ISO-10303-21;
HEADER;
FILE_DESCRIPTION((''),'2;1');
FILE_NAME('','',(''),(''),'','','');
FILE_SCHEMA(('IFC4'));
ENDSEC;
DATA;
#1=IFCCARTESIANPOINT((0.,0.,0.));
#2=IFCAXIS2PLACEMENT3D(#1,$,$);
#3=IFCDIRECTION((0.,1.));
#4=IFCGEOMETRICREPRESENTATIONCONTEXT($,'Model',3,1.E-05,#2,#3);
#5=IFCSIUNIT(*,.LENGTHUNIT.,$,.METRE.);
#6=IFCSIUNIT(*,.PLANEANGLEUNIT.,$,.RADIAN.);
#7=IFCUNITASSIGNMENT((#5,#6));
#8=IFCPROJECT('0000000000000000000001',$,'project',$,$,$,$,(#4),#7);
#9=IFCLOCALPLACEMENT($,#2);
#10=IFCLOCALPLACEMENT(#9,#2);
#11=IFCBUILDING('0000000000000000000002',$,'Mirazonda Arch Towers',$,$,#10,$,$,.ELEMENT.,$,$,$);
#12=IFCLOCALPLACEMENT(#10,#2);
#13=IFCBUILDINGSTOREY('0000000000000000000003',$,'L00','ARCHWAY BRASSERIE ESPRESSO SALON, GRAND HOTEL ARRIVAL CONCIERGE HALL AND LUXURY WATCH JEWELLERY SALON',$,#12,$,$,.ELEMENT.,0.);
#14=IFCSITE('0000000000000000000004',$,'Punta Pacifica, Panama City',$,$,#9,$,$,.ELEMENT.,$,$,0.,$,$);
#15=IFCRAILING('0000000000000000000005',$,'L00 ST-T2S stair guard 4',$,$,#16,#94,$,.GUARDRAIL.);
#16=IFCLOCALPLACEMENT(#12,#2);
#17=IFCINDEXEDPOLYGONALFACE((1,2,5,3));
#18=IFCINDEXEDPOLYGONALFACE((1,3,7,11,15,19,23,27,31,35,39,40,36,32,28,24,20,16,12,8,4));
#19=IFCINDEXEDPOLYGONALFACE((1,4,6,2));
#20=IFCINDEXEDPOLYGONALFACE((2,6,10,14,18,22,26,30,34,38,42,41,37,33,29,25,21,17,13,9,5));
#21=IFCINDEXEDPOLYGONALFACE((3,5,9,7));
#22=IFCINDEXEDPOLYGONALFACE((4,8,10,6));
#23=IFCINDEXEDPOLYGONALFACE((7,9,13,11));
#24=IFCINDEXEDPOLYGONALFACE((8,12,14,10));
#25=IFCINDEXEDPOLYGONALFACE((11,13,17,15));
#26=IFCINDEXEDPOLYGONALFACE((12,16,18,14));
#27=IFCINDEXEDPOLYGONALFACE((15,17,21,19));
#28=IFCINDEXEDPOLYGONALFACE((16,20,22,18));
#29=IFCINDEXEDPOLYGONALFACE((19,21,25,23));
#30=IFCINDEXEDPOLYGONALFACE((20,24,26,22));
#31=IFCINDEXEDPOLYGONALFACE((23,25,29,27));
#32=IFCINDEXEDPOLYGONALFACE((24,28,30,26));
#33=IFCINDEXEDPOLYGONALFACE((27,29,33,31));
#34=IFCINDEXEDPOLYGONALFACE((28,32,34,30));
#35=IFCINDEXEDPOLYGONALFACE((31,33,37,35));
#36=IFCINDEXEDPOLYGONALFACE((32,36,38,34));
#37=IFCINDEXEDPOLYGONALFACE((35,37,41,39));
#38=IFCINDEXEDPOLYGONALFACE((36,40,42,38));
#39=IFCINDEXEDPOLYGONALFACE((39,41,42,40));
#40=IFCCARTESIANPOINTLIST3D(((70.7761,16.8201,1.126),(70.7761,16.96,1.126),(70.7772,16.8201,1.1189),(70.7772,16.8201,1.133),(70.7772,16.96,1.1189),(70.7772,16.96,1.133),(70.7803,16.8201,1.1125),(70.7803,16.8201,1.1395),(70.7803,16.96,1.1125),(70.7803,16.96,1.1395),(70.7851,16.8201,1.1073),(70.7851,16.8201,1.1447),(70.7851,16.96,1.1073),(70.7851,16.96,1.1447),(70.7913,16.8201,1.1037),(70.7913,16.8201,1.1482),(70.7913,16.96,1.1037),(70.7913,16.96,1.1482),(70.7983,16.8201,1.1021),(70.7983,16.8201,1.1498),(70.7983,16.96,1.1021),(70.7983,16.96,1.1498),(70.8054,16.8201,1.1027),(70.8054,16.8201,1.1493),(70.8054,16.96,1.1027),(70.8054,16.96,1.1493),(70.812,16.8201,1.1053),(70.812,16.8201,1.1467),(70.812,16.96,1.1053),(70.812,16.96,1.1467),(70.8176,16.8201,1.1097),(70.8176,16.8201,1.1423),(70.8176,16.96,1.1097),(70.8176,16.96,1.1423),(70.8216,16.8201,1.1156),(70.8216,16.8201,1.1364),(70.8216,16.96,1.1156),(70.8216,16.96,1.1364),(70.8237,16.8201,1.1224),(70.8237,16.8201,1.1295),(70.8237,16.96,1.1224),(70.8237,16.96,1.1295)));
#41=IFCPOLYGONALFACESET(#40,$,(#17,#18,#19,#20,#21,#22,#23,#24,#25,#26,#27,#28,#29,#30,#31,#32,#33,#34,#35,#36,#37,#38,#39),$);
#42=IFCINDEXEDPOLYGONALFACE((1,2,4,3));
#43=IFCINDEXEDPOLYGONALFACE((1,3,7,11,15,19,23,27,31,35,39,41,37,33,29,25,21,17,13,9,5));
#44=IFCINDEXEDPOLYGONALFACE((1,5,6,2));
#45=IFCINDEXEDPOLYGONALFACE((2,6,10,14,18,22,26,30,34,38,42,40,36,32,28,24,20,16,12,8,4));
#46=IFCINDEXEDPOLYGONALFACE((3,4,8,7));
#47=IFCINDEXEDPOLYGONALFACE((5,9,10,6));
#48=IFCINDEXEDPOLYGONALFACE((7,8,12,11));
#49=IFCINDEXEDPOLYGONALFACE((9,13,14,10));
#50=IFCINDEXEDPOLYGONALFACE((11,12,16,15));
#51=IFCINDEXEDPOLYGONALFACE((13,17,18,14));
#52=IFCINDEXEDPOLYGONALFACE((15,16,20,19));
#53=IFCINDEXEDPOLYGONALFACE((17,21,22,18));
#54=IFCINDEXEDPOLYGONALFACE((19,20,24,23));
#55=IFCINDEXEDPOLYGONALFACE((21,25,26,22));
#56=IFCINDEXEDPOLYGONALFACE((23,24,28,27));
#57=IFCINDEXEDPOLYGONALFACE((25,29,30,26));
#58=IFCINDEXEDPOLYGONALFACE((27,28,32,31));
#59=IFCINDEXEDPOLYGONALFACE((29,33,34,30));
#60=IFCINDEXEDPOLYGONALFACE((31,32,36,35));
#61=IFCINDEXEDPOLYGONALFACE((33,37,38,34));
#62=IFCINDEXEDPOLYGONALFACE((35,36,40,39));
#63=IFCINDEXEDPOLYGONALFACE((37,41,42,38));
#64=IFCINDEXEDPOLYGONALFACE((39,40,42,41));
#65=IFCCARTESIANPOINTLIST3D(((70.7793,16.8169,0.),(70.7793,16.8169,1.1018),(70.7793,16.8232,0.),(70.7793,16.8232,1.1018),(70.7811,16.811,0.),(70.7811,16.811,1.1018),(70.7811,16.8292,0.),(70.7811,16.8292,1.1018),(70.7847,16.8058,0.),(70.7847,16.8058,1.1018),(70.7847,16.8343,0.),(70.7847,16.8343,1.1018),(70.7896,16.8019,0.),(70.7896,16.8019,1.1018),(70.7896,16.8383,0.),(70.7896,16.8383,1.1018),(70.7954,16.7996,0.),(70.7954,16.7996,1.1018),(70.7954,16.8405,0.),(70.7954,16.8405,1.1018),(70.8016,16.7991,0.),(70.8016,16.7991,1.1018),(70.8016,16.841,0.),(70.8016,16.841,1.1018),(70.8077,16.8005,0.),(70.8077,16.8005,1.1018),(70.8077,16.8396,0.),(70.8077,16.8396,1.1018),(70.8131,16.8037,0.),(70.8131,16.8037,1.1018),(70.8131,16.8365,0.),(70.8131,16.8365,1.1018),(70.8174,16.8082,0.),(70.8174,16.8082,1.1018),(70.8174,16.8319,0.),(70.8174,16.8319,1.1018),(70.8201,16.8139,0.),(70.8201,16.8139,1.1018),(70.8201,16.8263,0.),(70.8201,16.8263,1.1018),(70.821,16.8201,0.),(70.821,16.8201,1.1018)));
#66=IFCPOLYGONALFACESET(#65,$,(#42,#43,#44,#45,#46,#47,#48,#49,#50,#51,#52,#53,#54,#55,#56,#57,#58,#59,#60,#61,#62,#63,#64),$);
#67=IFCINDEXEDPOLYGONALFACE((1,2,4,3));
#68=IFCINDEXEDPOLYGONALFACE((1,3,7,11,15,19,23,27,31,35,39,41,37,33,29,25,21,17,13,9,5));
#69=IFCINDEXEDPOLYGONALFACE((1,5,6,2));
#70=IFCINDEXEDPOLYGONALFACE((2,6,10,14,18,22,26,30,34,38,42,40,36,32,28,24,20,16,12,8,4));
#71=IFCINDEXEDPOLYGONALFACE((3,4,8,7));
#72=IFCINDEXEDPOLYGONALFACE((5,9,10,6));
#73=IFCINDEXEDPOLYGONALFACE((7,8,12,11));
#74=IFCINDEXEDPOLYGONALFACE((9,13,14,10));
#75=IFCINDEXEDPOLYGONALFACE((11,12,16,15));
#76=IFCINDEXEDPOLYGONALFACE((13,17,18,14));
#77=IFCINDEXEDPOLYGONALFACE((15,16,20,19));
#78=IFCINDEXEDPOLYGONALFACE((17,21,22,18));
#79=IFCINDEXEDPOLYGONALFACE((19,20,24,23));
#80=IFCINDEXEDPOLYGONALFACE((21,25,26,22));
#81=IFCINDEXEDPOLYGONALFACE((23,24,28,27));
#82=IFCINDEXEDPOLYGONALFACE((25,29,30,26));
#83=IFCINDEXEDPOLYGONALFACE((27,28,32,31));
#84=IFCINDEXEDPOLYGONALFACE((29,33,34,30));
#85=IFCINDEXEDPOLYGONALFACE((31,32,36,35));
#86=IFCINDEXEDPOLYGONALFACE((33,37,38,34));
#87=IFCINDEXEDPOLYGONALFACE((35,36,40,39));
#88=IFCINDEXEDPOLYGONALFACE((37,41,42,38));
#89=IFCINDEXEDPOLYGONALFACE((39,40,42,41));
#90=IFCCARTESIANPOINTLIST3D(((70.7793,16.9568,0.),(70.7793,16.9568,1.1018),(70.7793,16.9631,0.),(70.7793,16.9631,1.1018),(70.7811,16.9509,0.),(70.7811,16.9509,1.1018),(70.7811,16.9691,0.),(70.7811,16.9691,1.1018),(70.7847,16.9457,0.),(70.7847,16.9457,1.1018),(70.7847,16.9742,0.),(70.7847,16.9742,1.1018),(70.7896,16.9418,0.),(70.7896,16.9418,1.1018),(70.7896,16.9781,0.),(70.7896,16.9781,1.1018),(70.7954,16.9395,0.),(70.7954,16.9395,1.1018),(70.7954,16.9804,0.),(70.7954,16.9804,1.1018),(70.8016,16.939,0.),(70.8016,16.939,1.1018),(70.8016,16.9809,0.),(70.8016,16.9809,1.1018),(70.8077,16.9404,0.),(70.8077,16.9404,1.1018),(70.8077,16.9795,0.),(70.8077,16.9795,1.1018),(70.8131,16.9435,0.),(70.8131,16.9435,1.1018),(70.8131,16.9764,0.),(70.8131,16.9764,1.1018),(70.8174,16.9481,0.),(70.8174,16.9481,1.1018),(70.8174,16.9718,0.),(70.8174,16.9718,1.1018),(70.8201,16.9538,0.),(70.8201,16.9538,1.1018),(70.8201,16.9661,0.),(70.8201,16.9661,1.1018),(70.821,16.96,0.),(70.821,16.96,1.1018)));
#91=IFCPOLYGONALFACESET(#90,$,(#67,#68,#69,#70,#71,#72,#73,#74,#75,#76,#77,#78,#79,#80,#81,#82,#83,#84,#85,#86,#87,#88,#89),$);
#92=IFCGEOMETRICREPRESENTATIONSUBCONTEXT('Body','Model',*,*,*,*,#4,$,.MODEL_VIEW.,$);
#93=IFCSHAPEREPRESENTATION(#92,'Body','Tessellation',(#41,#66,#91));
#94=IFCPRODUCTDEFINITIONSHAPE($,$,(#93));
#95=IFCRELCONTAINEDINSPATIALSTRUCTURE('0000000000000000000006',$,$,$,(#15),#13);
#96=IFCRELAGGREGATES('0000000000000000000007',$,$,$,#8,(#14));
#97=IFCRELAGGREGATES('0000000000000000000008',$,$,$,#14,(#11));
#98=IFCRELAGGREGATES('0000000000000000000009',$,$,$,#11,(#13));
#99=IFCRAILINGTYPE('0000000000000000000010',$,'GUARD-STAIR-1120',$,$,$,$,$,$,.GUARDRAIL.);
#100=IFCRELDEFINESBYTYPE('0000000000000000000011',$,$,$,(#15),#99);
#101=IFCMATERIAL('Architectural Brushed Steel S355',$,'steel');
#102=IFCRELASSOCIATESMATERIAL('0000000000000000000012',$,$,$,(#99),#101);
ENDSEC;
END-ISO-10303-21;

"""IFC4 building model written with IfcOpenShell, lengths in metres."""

from ifc_helpers import new_model, si_unit, direction, frame, origin, origin_2d, place, context, subcontext, project, spatial, circle, extrude, material, type_object, element, save


model = new_model("IFC4")

# Units and contexts
model_context = context("Model", 3, precision=1e-05, world=origin(), true_north=direction((0.0, 1.0)))
body_context = subcontext(model_context, "Body", "Model", "MODEL_VIEW")
ifc_project = project(units=[si_unit("LENGTHUNIT", "METRE"), si_unit("PLANEANGLEUNIT", "RADIAN")], contexts=[model_context])

# Site, building, storey
site_placement = place(None, origin())
site = spatial("IfcSite", under=ifc_project, at=site_placement, Name="Punta Pacifica, Panama City", CompositionType="ELEMENT", RefElevation=0.0)
building_placement = place(site_placement, origin())
building = spatial("IfcBuilding", under=site, at=building_placement, Name="Mirazonda Arch Towers", CompositionType="ELEMENT")
storey_placement = place(building_placement, origin())
storey = spatial("IfcBuildingStorey", under=building, at=storey_placement, Name="L00", Description="ARCHWAY BRASSERIE ESPRESSO SALON, GRAND HOTEL ARRIVAL CONCIERGE HALL AND LUXURY WATCH JEWELLERY SALON", CompositionType="ELEMENT", Elevation=0.0)

# Shared definitions
ifc_material_1 = material(Name="Architectural Brushed Steel S355", Category="steel")

# Railing
railing_type_1 = type_object("IfcRailingType", Name="GUARD-STAIR-1120", PredefinedType="GUARDRAIL", material=ifc_material_1)
railing_1_placement = place(storey_placement, frame((70.8, 16.8201, 0.0)))
element("IfcRailing", 1, at=railing_1_placement, inside=storey, type_object=railing_type_1, Name="L00 ST-T2S stair guard 4", PredefinedType="GUARDRAIL", context=body_context, shape_type="SweptSolid", body=[
    extrude(circle(Radius=0.0239, at=origin_2d()), frame((0.0, 0.0, 1.126), z_axis=(0.0, 1.0, 0.0), x_axis=(-1.0, 0.0, 0.0)), (0.0, 0.0, 1.0), 0.1399),
    extrude(circle(Radius=0.021, at=origin_2d()), origin(), (0.0, 0.0, 1.0), 1.1018),
    extrude(circle(Radius=0.021, at=origin_2d()), frame((0.0, 0.1399, 0.0)), (0.0, 0.0, 1.0), 1.1018),
])

save(model, "model.ifc")
